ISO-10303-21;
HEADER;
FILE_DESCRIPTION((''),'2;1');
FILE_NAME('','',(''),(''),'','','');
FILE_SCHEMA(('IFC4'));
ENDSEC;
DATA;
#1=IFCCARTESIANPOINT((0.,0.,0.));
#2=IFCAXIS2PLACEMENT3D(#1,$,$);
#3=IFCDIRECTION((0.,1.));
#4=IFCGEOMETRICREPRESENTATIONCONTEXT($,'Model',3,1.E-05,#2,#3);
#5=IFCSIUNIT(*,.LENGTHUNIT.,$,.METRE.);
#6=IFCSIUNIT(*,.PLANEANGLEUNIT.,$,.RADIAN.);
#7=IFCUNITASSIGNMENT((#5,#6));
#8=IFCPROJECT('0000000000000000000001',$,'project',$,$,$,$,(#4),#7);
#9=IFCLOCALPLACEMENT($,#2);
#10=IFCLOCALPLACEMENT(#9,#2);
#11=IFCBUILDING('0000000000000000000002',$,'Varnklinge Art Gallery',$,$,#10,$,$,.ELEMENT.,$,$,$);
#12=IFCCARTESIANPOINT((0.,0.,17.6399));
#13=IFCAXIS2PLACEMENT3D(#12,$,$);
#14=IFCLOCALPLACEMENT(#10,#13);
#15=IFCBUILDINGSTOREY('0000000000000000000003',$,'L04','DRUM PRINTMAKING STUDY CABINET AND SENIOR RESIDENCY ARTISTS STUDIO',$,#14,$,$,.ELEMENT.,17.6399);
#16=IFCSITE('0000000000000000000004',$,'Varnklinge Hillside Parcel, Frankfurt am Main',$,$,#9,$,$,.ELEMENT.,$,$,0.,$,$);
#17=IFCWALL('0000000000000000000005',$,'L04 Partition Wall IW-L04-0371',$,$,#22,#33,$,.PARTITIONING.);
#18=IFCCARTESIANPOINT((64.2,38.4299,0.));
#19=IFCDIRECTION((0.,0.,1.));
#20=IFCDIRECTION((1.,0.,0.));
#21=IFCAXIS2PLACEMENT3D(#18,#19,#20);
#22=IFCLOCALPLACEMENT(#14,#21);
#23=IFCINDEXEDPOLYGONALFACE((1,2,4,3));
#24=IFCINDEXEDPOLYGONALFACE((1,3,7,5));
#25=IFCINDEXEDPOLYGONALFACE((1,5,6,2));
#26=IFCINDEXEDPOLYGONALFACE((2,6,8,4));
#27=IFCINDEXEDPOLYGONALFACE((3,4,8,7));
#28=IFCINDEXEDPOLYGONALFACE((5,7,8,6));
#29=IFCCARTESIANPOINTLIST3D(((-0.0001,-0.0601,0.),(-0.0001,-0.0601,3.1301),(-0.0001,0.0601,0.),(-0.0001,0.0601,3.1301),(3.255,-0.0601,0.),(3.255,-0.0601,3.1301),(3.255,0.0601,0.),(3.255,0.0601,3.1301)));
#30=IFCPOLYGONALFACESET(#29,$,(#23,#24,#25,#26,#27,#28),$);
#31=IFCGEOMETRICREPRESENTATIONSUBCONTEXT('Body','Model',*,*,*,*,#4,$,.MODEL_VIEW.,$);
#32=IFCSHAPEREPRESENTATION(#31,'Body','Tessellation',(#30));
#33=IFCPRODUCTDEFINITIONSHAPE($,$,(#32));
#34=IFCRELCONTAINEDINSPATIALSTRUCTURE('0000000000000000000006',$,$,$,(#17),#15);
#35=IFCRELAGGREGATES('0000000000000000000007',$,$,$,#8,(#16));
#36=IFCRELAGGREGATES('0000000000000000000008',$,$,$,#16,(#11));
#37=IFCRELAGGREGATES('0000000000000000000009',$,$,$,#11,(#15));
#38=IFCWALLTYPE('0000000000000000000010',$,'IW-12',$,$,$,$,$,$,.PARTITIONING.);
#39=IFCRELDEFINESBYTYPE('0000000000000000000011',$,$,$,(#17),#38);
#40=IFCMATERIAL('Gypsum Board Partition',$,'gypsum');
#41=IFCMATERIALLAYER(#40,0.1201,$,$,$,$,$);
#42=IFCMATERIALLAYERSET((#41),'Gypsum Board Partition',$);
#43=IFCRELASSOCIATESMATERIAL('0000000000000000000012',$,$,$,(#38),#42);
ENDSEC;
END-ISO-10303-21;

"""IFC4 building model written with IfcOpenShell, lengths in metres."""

from ifc_helpers import new_model, si_unit, direction, frame, frame_2d, origin, place, context, subcontext, project, spatial, rectangle, extrude, material, layer, layer_set, type_object, element, save


model = new_model("IFC4")

# Units and contexts
model_context = context("Model", 3, precision=1e-05, world=origin(), true_north=direction((0.0, 1.0)))
body_context = subcontext(model_context, "Body", "Model", "MODEL_VIEW")
ifc_project = project(units=[si_unit("LENGTHUNIT", "METRE"), si_unit("PLANEANGLEUNIT", "RADIAN")], contexts=[model_context])

# Site, building, storey
site_placement = place(None, origin())
site = spatial("IfcSite", under=ifc_project, at=site_placement, Name="Varnklinge Hillside Parcel, Frankfurt am Main", CompositionType="ELEMENT", RefElevation=0.0)
building_placement = place(site_placement, origin())
building = spatial("IfcBuilding", under=site, at=building_placement, Name="Varnklinge Art Gallery", CompositionType="ELEMENT")
storey_placement = place(building_placement, frame((0.0, 0.0, 17.6399)))
storey = spatial("IfcBuildingStorey", under=building, at=storey_placement, Name="L04", Description="DRUM PRINTMAKING STUDY CABINET AND SENIOR RESIDENCY ARTISTS STUDIO", CompositionType="ELEMENT", Elevation=17.6399)

# Wall
ifc_material_1 = material(Name="Gypsum Board Partition", Category="gypsum")
ifc_layer_1 = layer(ifc_material_1, 0.1201)
ifc_layer_set_1 = layer_set([ifc_layer_1], Name="Gypsum Board Partition")
wall_type_1 = type_object("IfcWallType", Name="IW-12", PredefinedType="PARTITIONING", material=ifc_layer_set_1)
wall_1_placement = place(storey_placement, frame((64.2, 38.4299, 0.0), z_axis=(0.0, 0.0, 1.0), x_axis=(1.0, 0.0, 0.0)))
element("IfcWall", 1, at=wall_1_placement, inside=storey, type_object=wall_type_1, Name="L04 Partition Wall IW-L04-0371", PredefinedType="PARTITIONING", context=body_context, shape_type="SweptSolid", body=[
    extrude(rectangle(XDim=3.2551, YDim=0.1201, at=frame_2d((1.6274, 0.0))), origin(), (0.0, 0.0, 1.0), 3.1301),
])

save(model, "model.ifc")
